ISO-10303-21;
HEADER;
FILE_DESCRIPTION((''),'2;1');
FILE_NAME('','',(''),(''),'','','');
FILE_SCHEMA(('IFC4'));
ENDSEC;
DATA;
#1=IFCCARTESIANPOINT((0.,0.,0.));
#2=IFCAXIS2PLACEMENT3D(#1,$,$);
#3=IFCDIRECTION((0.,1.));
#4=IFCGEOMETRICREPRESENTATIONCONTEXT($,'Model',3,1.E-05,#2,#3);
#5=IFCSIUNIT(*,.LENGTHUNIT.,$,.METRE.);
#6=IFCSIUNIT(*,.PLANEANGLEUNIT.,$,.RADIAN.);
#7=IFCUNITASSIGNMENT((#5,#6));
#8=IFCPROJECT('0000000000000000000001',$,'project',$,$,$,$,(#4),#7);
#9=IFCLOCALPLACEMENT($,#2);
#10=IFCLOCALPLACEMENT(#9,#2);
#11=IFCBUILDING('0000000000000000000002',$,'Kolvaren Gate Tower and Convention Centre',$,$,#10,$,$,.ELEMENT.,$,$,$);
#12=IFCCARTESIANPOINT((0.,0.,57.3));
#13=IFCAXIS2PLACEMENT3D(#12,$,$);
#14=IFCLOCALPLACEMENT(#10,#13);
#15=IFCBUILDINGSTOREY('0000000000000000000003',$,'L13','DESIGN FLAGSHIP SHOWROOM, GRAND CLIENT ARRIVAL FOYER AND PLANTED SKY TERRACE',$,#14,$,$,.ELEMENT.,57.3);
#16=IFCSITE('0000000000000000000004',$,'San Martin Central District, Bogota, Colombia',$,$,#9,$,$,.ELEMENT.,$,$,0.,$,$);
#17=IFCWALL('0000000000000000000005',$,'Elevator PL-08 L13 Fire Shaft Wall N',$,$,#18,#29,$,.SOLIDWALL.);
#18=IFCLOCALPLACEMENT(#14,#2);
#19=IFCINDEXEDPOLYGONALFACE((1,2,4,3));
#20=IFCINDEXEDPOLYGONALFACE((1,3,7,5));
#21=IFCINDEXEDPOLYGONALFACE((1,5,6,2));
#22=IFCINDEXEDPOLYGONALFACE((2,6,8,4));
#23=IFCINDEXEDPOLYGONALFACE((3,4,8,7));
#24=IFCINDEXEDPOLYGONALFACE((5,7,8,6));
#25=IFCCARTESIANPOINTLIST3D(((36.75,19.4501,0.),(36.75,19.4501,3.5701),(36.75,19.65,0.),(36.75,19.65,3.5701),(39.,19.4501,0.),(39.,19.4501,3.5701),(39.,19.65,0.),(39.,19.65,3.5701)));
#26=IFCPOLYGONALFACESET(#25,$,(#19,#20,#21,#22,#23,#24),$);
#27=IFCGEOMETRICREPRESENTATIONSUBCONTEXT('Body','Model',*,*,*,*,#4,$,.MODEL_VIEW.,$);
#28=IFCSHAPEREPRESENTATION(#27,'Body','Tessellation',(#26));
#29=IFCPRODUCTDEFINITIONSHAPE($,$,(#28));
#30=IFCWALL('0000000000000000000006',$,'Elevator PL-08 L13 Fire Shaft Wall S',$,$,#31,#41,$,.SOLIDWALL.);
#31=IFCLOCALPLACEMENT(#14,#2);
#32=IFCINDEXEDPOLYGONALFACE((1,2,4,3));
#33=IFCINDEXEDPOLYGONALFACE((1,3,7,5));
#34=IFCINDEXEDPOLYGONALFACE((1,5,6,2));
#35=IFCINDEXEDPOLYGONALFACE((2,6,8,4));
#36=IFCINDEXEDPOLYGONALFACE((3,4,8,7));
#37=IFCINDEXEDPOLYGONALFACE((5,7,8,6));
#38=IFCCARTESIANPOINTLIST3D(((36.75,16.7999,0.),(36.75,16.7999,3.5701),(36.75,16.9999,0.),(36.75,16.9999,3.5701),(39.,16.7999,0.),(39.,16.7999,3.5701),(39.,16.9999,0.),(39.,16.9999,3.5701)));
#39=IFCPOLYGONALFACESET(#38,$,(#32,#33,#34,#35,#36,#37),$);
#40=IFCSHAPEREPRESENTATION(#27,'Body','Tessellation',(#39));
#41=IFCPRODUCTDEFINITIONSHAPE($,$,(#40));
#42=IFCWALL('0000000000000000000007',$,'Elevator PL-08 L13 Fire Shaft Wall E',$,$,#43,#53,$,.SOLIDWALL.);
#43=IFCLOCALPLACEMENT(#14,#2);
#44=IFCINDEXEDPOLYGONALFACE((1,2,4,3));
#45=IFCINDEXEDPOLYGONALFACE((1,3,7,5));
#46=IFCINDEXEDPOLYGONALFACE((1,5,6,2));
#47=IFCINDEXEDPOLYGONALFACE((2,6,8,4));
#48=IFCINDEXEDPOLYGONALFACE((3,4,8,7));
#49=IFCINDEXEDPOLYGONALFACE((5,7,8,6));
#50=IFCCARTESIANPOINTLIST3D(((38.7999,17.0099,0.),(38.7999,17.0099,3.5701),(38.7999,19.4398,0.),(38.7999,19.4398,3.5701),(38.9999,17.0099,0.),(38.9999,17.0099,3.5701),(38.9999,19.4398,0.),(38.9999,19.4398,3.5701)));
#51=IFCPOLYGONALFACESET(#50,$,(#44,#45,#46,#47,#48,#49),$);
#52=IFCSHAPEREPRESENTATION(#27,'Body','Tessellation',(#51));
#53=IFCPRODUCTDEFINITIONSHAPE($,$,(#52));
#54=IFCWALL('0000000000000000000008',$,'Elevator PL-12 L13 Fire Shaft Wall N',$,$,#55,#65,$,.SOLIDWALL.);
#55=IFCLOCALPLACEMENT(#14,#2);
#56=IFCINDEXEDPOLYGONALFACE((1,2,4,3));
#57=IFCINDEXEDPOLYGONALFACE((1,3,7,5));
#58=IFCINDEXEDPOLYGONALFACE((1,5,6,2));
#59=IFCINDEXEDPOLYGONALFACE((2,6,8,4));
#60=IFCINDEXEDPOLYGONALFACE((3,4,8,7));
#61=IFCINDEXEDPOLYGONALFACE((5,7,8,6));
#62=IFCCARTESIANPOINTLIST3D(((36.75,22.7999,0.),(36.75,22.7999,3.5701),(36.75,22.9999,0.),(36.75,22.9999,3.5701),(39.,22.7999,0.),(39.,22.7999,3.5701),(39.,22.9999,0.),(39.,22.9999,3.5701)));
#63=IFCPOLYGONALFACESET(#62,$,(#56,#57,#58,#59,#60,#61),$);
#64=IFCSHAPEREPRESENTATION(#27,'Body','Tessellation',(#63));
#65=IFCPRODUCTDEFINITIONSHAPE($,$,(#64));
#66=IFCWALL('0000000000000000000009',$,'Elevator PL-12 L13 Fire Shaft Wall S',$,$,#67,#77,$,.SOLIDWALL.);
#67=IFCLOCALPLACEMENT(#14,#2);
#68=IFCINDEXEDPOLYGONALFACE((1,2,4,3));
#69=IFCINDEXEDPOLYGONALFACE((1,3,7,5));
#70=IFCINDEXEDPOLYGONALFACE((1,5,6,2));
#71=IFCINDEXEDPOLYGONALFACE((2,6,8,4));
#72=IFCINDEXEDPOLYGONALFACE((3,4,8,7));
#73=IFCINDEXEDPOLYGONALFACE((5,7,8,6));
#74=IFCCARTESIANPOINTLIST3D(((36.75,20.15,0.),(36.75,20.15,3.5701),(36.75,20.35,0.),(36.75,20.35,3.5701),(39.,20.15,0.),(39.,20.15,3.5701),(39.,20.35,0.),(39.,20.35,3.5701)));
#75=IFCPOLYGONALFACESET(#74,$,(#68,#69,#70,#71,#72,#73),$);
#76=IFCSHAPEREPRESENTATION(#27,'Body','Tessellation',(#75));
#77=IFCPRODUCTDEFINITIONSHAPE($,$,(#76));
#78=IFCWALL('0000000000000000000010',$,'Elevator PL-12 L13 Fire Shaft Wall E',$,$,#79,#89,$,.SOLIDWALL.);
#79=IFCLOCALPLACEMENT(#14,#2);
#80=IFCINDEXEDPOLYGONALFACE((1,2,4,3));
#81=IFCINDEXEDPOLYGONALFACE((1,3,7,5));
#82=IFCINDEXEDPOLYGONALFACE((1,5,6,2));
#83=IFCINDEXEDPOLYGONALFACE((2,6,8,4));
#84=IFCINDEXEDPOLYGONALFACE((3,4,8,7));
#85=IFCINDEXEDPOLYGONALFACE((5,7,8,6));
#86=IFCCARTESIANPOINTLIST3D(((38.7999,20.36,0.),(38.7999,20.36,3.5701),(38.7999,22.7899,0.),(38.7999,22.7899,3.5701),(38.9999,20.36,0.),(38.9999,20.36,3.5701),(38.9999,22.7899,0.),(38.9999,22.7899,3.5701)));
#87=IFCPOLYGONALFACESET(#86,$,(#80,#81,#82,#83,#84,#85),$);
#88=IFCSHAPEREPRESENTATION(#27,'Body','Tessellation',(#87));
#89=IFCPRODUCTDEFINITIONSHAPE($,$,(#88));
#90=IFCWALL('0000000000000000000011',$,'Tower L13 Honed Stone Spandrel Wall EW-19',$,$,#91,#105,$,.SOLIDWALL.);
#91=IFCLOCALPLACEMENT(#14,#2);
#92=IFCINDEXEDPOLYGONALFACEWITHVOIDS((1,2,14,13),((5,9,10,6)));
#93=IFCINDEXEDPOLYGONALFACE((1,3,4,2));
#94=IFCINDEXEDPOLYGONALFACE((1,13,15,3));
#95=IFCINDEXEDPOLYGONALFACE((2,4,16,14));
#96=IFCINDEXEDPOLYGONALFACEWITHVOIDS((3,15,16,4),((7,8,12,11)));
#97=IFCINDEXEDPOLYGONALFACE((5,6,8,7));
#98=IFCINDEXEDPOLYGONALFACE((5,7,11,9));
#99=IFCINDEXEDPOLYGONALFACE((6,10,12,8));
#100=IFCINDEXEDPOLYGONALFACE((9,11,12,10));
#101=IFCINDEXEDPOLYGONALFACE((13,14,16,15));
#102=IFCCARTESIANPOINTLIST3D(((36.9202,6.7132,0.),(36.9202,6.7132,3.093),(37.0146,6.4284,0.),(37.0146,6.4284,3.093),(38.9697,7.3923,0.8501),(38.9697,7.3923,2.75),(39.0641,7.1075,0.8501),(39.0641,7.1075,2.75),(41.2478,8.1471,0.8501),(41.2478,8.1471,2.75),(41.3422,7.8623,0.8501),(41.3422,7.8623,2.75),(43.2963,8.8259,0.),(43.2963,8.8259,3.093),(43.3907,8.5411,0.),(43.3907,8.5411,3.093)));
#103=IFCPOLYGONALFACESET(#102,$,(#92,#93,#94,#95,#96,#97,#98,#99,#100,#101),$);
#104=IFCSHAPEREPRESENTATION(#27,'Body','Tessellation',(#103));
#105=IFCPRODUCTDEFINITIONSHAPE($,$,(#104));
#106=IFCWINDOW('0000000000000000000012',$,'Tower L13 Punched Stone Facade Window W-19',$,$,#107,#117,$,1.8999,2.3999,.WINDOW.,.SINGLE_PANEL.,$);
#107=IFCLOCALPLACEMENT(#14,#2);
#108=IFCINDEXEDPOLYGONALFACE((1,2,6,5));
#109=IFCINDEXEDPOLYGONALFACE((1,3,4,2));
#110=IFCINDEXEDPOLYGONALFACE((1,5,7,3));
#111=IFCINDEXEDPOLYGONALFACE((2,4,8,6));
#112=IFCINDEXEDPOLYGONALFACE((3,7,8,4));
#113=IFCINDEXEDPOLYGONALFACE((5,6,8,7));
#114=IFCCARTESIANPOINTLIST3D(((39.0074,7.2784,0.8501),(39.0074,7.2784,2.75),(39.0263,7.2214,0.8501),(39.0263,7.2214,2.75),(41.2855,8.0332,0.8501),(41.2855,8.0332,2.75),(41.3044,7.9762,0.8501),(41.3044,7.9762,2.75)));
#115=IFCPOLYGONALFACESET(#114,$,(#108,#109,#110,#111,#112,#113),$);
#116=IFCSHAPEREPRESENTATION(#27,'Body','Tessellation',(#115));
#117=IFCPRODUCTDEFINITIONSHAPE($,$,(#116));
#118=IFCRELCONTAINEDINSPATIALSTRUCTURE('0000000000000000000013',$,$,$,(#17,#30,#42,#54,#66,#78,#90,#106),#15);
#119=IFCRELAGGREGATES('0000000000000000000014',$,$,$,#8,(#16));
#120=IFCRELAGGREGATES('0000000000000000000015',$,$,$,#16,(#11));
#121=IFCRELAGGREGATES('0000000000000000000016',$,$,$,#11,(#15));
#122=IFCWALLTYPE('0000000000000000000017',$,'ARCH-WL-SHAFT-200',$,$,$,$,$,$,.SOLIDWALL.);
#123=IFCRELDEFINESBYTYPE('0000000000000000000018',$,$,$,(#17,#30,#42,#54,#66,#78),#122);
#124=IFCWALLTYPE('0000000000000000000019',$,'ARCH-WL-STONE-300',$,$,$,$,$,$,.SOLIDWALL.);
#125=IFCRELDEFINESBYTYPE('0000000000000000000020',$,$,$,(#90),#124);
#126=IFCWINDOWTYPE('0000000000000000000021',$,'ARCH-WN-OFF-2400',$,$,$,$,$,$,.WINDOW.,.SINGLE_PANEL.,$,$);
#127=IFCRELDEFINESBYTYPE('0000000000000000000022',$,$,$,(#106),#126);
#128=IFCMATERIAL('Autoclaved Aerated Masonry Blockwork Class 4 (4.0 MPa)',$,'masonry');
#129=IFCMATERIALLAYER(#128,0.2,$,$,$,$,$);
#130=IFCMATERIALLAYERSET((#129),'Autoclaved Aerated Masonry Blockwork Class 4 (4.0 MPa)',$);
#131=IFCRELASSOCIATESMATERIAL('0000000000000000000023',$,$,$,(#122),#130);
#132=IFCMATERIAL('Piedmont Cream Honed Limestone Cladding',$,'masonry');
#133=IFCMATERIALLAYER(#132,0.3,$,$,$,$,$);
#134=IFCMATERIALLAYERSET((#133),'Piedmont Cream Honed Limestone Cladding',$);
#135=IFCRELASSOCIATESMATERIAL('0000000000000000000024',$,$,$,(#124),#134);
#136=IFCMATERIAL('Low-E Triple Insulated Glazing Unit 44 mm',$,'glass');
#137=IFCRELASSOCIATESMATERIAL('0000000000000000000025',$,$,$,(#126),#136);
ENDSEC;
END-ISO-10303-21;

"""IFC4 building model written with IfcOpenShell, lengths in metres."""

from ifc_helpers import new_model, si_unit, direction, frame, frame_2d, origin, place, context, subcontext, project, spatial, rectangle, extrude, material, layer, layer_set, type_object, element, fill, save


model = new_model("IFC4")

# Units and contexts
model_context = context("Model", 3, precision=1e-05, world=origin(), true_north=direction((0.0, 1.0)))
body_context = subcontext(model_context, "Body", "Model", "MODEL_VIEW")
ifc_project = project(units=[si_unit("LENGTHUNIT", "METRE"), si_unit("PLANEANGLEUNIT", "RADIAN")], contexts=[model_context])

# Site, building, storey
site_placement = place(None, origin())
site = spatial("IfcSite", under=ifc_project, at=site_placement, Name="San Martin Central District, Bogota, Colombia", CompositionType="ELEMENT", RefElevation=0.0)
building_placement = place(site_placement, origin())
building = spatial("IfcBuilding", under=site, at=building_placement, Name="Kolvaren Gate Tower and Convention Centre", CompositionType="ELEMENT")
storey_placement = place(building_placement, frame((0.0, 0.0, 57.3)))
storey = spatial("IfcBuildingStorey", under=building, at=storey_placement, Name="L13", Description="DESIGN FLAGSHIP SHOWROOM, GRAND CLIENT ARRIVAL FOYER AND PLANTED SKY TERRACE", CompositionType="ELEMENT", Elevation=57.3)

# Walls
ifc_material_1 = material(Name="Autoclaved Aerated Masonry Blockwork Class 4 (4.0 MPa)", Category="masonry")
ifc_layer_1 = layer(ifc_material_1, 0.2)
ifc_layer_set_1 = layer_set([ifc_layer_1], Name="Autoclaved Aerated Masonry Blockwork Class 4 (4.0 MPa)")
wall_type_1 = type_object("IfcWallType", Name="ARCH-WL-SHAFT-200", PredefinedType="SOLIDWALL", material=ifc_layer_set_1)
for number, where, z_axis, x_axis, name in (
    (1, (36.75, 19.55, 0.0), (0.0, 0.0, 1.0), (1.0, 0.0, 0.0), "Elevator PL-08 L13 Fire Shaft Wall N"),
    (2, (36.75, 16.8999, 0.0), (0.0, 0.0, 1.0), (1.0, 0.0, 0.0), "Elevator PL-08 L13 Fire Shaft Wall S"),
):
    element("IfcWall", number, at=place(storey_placement, frame(where, z_axis=z_axis, x_axis=x_axis)), inside=storey, type_object=wall_type_1, Name=name, PredefinedType="SOLIDWALL", context=body_context, shape_type="SweptSolid", body=[
        extrude(rectangle(XDim=2.25, YDim=0.2, at=frame_2d((1.125, 0.0))), origin(), (0.0, 0.0, 1.0), 3.5701),
    ])
wall_1_placement = place(storey_placement, frame((38.8999, 17.01, 0.0), z_axis=(0.0, 0.0, 1.0), x_axis=(0.0, 1.0, 0.0)))
element("IfcWall", 3, at=wall_1_placement, inside=storey, type_object=wall_type_1, Name="Elevator PL-08 L13 Fire Shaft Wall E", PredefinedType="SOLIDWALL", context=body_context, shape_type="SweptSolid", body=[
    extrude(rectangle(XDim=2.4299, YDim=0.2, at=frame_2d((1.2148, 0.0))), origin(), (0.0, 0.0, 1.0), 3.5701),
])
for number, where, z_axis, x_axis, name in (
    (4, (36.75, 22.8999, 0.0), (0.0, 0.0, 1.0), (1.0, 0.0, 0.0), "Elevator PL-12 L13 Fire Shaft Wall N"),
    (5, (36.75, 20.25, 0.0), (0.0, 0.0, 1.0), (1.0, 0.0, 0.0), "Elevator PL-12 L13 Fire Shaft Wall S"),
):
    element("IfcWall", number, at=place(storey_placement, frame(where, z_axis=z_axis, x_axis=x_axis)), inside=storey, type_object=wall_type_1, Name=name, PredefinedType="SOLIDWALL", context=body_context, shape_type="SweptSolid", body=[
        extrude(rectangle(XDim=2.25, YDim=0.2, at=frame_2d((1.125, 0.0))), origin(), (0.0, 0.0, 1.0), 3.5701),
    ])
wall_2_placement = place(storey_placement, frame((38.8999, 20.3601, 0.0), z_axis=(0.0, 0.0, 1.0), x_axis=(0.0, 1.0, 0.0)))
element("IfcWall", 6, at=wall_2_placement, inside=storey, type_object=wall_type_1, Name="Elevator PL-12 L13 Fire Shaft Wall E", PredefinedType="SOLIDWALL", context=body_context, shape_type="SweptSolid", body=[
    extrude(rectangle(XDim=2.4299, YDim=0.2, at=frame_2d((1.2148, 0.0))), origin(), (0.0, 0.0, 1.0), 3.5701),
])

# Wall, opening, window
ifc_material_2 = material(Name="Piedmont Cream Honed Limestone Cladding", Category="masonry")
ifc_layer_2 = layer(ifc_material_2, 0.3)
ifc_layer_set_2 = layer_set([ifc_layer_2], Name="Piedmont Cream Honed Limestone Cladding")
wall_type_2 = type_object("IfcWallType", Name="ARCH-WL-STONE-300", PredefinedType="SOLIDWALL", material=ifc_layer_set_2)
wall_3_placement = place(storey_placement, frame((36.9675, 6.5708, 0.0), z_axis=(0.0, 0.0, 1.0), x_axis=(0.949245, 0.314537, 0.0)))
wall_3 = element("IfcWall", 7, at=wall_3_placement, inside=storey, type_object=wall_type_2, Name="Tower L13 Honed Stone Spandrel Wall EW-19", PredefinedType="SOLIDWALL", context=body_context, shape_type="SweptSolid", body=[
    extrude(rectangle(XDim=6.717, YDim=0.3, at=frame_2d((3.3584, 0.0))), origin(), (0.0, 0.0, 1.0), 3.093),
])
opening_placement = place(wall_3_placement, frame((2.1589, 0.0, 0.8501)))
opening = element("IfcOpeningElement", 8, at=opening_placement, cuts=wall_3, PredefinedType="OPENING", context=body_context, shape_type="SweptSolid", body=[
    extrude(rectangle(XDim=2.3999, YDim=1.8999, at=frame_2d((1.2, 0.95))), frame((0.0, 0.1599, 0.0), z_axis=(0.0, -1.0, 0.0), x_axis=(1.0, 0.0, 0.0)), (0.0, 0.0, 1.0), 0.3201),
])
ifc_material_3 = material(Name="Low-E Triple Insulated Glazing Unit 44 mm", Category="glass")
window_type = type_object("IfcWindowType", Name="ARCH-WN-OFF-2400", PartitioningType="SINGLE_PANEL", PredefinedType="WINDOW", material=ifc_material_3)
window_placement = place(opening_placement, origin())
window = element("IfcWindow", 9, at=window_placement, inside=storey, type_object=window_type, Name="Tower L13 Punched Stone Facade Window W-19", OverallHeight=1.8999, OverallWidth=2.3999, PartitioningType="SINGLE_PANEL", PredefinedType="WINDOW", context=body_context, shape_type="SweptSolid", body=[
    extrude(rectangle(XDim=2.3999, YDim=1.8999, at=frame_2d((1.2, 0.95))), frame((0.0, 0.03, 0.0), z_axis=(0.0, -1.0, 0.0), x_axis=(1.0, 0.0, 0.0)), (0.0, 0.0, 1.0), 0.0601),
])
fill(opening, window)

save(model, "model.ifc")
